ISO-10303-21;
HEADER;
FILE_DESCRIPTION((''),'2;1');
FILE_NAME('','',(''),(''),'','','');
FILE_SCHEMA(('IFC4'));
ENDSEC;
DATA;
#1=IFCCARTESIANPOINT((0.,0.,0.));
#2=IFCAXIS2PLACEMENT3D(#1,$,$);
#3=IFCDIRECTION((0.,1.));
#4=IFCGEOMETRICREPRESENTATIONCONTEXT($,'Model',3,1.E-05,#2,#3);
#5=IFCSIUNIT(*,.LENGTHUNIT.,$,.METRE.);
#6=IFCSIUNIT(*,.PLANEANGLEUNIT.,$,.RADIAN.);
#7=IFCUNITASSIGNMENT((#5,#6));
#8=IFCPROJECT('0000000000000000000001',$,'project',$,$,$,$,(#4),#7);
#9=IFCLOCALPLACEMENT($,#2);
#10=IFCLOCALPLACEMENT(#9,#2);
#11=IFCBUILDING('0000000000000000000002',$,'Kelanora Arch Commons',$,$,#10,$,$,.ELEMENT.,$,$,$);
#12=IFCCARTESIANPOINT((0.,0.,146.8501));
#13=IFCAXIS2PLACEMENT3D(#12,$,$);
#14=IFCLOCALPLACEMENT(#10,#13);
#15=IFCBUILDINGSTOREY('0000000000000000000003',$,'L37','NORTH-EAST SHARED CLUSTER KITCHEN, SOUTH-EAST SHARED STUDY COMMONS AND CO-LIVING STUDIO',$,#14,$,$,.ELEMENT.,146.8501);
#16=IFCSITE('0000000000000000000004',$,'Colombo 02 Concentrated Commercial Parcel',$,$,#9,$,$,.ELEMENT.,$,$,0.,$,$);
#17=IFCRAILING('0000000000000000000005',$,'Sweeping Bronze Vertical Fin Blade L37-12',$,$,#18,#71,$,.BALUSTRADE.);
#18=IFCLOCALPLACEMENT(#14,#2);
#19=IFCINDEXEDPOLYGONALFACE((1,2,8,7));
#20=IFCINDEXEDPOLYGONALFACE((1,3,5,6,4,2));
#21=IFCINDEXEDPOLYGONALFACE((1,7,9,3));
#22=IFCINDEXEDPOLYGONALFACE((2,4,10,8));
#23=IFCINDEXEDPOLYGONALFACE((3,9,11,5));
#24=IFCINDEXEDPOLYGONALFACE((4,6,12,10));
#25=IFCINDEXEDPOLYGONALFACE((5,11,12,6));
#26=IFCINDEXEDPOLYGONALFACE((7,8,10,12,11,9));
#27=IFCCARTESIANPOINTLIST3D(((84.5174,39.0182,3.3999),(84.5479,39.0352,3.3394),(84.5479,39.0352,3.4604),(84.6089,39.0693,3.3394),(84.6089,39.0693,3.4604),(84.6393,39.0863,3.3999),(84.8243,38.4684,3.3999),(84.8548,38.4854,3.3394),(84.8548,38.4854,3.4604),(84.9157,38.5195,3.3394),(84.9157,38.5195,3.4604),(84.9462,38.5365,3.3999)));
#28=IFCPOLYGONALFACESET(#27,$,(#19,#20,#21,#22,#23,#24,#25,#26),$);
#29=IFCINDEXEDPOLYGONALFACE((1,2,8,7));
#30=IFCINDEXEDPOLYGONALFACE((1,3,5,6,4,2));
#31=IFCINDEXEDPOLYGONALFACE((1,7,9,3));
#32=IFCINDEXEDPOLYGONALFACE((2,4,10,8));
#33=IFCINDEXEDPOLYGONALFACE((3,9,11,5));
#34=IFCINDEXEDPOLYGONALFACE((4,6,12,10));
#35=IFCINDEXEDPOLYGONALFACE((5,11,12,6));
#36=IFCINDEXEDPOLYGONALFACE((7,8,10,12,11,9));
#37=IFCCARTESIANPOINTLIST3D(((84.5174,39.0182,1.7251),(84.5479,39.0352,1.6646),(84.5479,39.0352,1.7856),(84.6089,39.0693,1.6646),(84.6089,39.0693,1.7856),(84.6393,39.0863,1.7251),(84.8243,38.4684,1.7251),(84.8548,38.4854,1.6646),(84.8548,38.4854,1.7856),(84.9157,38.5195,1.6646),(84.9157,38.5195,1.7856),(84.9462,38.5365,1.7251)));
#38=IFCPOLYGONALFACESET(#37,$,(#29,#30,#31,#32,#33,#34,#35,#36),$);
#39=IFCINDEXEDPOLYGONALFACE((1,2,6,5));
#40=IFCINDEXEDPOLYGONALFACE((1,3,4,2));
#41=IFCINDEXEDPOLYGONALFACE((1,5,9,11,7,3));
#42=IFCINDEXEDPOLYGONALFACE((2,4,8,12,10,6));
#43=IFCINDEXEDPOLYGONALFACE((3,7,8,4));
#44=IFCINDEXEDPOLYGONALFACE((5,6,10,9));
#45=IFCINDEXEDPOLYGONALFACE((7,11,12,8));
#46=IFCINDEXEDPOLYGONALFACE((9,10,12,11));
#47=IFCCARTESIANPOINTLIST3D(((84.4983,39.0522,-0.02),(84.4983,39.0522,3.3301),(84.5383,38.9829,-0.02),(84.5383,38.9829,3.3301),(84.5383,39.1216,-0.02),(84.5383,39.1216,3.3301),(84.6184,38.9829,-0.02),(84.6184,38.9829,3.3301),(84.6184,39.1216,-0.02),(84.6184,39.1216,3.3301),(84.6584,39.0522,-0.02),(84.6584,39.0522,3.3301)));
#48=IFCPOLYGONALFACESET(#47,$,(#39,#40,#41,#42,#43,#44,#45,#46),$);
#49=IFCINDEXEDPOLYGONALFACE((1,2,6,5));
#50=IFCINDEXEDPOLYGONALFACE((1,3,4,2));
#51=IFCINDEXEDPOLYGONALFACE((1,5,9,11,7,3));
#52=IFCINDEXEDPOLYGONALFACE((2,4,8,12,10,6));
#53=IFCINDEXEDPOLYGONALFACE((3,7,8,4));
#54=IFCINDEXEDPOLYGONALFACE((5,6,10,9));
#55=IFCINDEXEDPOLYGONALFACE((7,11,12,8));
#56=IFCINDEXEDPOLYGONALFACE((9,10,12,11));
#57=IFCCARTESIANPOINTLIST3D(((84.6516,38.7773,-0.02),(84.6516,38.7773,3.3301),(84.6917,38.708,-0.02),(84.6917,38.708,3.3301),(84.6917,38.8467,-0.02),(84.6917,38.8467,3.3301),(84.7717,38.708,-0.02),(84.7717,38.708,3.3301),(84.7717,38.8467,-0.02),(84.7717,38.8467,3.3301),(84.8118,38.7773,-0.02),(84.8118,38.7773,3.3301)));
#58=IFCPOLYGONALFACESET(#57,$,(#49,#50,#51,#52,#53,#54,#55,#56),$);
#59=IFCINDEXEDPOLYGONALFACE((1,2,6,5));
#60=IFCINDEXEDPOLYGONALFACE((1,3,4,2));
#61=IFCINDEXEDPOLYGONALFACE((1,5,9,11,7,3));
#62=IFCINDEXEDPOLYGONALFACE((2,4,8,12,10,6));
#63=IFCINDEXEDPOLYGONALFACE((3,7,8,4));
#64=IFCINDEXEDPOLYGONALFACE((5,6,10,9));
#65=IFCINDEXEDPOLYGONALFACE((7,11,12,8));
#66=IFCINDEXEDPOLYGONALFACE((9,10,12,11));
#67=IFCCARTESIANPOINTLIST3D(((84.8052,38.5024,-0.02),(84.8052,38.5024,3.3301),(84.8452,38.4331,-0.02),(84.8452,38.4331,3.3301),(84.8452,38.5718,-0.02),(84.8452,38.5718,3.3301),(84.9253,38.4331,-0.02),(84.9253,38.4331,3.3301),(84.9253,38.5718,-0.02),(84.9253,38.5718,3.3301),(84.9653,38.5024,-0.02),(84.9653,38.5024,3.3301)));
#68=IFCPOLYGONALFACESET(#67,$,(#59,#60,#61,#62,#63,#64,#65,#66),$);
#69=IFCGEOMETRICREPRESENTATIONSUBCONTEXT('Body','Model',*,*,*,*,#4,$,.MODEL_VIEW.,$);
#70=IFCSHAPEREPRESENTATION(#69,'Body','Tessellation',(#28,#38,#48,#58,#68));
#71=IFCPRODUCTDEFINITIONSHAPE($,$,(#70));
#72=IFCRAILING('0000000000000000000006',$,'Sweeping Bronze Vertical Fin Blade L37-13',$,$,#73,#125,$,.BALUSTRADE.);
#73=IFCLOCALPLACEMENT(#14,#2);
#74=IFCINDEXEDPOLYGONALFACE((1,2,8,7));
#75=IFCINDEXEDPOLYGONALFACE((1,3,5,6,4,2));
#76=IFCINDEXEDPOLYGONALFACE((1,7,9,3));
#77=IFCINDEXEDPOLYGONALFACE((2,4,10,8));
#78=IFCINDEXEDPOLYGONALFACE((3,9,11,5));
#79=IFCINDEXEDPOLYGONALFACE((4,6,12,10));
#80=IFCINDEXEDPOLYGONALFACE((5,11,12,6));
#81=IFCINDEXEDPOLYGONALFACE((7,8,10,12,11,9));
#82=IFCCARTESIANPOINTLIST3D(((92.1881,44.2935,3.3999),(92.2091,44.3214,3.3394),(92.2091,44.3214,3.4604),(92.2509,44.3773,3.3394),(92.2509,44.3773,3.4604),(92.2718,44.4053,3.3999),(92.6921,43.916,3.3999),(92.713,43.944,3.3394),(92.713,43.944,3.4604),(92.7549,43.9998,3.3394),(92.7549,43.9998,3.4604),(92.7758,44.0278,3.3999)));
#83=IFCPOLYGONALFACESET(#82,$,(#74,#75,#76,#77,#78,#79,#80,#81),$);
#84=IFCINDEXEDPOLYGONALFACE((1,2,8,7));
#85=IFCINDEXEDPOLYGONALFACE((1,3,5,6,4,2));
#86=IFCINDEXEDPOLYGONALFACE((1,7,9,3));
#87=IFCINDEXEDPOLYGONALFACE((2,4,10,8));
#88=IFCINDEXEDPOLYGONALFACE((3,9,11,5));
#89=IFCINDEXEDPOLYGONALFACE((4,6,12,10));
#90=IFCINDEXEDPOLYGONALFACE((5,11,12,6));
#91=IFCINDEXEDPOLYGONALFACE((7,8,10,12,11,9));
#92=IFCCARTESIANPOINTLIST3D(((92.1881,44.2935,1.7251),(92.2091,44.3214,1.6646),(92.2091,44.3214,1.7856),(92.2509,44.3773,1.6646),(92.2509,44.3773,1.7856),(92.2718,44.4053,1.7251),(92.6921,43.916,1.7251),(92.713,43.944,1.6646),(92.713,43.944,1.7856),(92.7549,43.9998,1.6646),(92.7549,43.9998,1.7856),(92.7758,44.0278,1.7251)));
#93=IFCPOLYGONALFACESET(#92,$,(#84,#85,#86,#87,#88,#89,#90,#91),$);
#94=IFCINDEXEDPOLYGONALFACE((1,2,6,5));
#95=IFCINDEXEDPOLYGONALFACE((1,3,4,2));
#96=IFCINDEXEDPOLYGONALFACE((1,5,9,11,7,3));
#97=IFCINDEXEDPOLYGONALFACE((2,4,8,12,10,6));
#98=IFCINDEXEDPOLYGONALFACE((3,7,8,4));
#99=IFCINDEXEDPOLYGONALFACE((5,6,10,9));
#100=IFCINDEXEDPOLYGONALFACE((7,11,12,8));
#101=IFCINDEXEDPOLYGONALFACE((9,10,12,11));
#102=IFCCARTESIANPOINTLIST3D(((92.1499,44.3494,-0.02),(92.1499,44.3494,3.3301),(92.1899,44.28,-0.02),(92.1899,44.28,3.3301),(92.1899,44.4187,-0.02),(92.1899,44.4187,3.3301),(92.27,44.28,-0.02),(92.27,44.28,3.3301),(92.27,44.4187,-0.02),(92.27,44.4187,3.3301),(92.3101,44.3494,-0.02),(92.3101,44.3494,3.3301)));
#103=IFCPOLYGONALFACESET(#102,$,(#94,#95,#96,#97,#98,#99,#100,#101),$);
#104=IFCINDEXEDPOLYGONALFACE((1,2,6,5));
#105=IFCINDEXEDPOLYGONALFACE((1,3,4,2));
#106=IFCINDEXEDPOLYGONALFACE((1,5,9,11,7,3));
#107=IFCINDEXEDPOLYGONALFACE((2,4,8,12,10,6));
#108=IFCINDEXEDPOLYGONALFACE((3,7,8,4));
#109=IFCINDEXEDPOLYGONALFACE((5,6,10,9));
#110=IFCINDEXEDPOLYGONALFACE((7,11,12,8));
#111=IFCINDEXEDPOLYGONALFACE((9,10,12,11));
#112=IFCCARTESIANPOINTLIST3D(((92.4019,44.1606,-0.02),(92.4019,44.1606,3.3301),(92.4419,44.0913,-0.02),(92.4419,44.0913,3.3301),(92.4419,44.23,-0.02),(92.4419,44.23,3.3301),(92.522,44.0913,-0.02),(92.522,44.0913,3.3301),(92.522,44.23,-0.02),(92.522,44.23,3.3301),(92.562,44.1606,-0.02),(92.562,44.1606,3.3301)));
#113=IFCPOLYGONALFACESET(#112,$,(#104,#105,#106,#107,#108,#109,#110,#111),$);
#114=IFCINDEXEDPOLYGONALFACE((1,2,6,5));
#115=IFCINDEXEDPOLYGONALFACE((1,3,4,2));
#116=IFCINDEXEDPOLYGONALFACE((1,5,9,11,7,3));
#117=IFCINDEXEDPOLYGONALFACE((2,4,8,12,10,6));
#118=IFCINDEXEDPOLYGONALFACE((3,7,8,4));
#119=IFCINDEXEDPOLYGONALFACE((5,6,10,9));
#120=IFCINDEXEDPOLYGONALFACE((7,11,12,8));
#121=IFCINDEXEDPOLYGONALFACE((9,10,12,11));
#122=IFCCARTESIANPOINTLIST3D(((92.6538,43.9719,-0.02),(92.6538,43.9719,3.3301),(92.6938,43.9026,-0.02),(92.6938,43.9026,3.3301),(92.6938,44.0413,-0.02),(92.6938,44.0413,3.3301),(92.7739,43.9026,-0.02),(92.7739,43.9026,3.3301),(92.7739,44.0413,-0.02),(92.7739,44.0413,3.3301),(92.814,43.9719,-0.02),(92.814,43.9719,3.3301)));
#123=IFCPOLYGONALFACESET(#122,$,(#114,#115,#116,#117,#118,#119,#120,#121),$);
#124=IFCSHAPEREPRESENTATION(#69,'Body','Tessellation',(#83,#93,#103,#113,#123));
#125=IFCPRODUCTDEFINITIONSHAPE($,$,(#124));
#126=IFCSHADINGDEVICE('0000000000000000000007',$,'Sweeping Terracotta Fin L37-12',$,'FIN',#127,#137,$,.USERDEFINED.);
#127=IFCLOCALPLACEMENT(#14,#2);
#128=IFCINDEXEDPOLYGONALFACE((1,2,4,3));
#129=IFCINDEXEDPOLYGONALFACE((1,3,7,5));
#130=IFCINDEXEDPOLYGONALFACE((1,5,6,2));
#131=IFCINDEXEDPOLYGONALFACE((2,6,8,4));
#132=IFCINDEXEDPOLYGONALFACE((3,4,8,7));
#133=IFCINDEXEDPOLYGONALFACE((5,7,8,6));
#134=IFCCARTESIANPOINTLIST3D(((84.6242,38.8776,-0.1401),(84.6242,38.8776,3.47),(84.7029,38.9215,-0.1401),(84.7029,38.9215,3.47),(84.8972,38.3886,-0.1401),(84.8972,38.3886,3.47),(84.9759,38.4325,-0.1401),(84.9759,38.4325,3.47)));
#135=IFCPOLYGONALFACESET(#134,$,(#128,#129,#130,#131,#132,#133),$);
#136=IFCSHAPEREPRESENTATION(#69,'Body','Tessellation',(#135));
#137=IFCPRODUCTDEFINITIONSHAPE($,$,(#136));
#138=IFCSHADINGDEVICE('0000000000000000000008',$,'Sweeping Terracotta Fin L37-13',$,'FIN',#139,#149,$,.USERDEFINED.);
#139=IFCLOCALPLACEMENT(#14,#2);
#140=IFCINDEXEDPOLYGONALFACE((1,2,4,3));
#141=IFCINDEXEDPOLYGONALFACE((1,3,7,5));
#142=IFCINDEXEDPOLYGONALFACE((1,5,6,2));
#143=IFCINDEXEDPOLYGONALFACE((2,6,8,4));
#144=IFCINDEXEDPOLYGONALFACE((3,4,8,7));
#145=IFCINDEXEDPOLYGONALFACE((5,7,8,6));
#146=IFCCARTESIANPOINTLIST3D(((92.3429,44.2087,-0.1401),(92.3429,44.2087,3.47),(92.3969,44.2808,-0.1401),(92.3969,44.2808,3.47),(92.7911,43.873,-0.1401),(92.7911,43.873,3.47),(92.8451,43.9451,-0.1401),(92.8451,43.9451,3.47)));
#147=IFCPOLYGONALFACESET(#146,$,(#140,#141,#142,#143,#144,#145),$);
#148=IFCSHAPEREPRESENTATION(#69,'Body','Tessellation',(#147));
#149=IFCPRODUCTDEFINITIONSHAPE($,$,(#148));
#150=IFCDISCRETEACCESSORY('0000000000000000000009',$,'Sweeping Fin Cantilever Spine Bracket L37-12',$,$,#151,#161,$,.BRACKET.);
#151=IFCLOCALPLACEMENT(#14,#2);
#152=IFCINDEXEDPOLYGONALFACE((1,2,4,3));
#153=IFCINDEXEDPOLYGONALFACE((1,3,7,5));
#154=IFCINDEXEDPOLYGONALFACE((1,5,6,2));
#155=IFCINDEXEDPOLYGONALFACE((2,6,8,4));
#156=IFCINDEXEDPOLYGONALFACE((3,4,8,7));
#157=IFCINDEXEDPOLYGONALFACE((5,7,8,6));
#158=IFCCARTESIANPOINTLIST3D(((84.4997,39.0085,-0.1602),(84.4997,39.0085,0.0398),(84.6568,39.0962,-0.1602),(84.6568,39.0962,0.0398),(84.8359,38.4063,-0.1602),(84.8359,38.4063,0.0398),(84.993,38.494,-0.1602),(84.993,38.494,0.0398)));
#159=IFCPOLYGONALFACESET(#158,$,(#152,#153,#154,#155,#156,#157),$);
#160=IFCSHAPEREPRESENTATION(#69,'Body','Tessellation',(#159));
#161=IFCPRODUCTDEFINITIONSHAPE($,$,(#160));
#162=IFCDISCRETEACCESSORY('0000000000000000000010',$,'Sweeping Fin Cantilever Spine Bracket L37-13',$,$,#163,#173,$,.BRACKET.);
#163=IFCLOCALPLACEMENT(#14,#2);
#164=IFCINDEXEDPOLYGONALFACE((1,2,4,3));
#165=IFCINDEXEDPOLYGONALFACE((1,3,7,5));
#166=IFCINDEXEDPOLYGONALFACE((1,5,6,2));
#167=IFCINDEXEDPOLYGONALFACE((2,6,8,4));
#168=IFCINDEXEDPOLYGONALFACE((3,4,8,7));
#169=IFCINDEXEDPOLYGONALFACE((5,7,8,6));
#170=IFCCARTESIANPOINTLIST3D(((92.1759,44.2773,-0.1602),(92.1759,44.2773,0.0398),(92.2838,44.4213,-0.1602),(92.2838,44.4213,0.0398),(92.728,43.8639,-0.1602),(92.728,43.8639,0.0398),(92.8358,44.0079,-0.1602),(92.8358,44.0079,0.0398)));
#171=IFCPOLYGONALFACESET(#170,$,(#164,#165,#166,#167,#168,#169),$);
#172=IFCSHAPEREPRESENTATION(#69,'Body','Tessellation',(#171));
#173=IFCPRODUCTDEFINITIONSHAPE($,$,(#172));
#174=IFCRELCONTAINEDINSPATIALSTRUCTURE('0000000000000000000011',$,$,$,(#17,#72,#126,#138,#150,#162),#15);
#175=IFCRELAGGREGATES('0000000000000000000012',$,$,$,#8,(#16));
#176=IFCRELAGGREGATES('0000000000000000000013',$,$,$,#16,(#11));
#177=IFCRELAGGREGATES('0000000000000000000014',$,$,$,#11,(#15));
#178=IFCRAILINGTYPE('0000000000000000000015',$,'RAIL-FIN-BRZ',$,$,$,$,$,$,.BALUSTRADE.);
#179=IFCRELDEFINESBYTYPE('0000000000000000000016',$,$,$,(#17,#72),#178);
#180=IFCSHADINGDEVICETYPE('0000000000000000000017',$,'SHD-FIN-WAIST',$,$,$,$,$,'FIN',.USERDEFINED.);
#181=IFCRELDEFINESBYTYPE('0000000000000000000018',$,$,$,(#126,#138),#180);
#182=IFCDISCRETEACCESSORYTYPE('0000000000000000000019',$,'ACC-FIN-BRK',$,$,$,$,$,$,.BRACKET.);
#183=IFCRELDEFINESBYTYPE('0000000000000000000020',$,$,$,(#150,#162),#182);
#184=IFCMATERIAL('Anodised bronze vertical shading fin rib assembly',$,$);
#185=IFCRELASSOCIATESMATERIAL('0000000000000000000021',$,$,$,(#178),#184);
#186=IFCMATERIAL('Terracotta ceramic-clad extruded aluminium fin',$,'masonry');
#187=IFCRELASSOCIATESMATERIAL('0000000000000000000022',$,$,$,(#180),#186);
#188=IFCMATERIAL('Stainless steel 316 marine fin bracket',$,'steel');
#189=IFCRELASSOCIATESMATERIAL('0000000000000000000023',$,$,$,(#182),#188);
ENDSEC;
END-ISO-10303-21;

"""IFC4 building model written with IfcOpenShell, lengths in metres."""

from ifc_helpers import new_model, si_unit, direction, frame, origin, origin_2d, place, context, subcontext, project, spatial, polyline, rectangle, outline, extrude, source, transform, mapped, material, type_object, element, save


model = new_model("IFC4")

# Units and contexts
model_context = context("Model", 3, precision=1e-05, world=origin(), true_north=direction((0.0, 1.0)))
body_context = subcontext(model_context, "Body", "Model", "MODEL_VIEW")
ifc_project = project(units=[si_unit("LENGTHUNIT", "METRE"), si_unit("PLANEANGLEUNIT", "RADIAN")], contexts=[model_context])

# Site, building, storey
site_placement = place(None, origin())
site = spatial("IfcSite", under=ifc_project, at=site_placement, Name="Colombo 02 Concentrated Commercial Parcel", CompositionType="ELEMENT", RefElevation=0.0)
building_placement = place(site_placement, origin())
building = spatial("IfcBuilding", under=site, at=building_placement, Name="Kelanora Arch Commons", CompositionType="ELEMENT")
storey_placement = place(building_placement, frame((0.0, 0.0, 146.8501)))
storey = spatial("IfcBuildingStorey", under=building, at=storey_placement, Name="L37", Description="NORTH-EAST SHARED CLUSTER KITCHEN, SOUTH-EAST SHARED STUDY COMMONS AND CO-LIVING STUDIO", CompositionType="ELEMENT", Elevation=146.8501)

# Railings
ifc_material_1 = material(Name="Anodised bronze vertical shading fin rib assembly")
railing_type = type_object("IfcRailingType", Name="RAIL-FIN-BRZ", PredefinedType="BALUSTRADE", material=ifc_material_1)
railing_1_placement = place(storey_placement, frame((84.5784, 39.0522, -0.02)))
element("IfcRailing", 1, at=railing_1_placement, inside=storey, type_object=railing_type, Name="Sweeping Bronze Vertical Fin Blade L37-12", PredefinedType="BALUSTRADE", context=body_context, shape_type="SweptSolid", body=[
    extrude(outline(polyline([(0.0698, 0.0), (0.0349, 0.0605), (-0.0349, 0.0605), (-0.0698, 0.0), (-0.0349, -0.0605), (0.0349, -0.0605), (0.0698, 0.0)])), frame((0.0, 0.0, 3.4199), z_axis=(0.487387, -0.873186, 0.0), x_axis=(0.873186, 0.487387, 0.0)), (0.0, 0.0, 1.0), 0.6296),
    extrude(outline(polyline([(0.0698, 0.0), (0.0349, 0.0605), (-0.0349, 0.0605), (-0.0698, 0.0), (-0.0349, -0.0605), (0.0349, -0.0605), (0.0698, 0.0)])), frame((0.0, 0.0, 1.7451), z_axis=(0.487387, -0.873186, 0.0), x_axis=(0.873186, 0.487387, 0.0)), (0.0, 0.0, 1.0), 0.6296),
    extrude(outline(polyline([(0.0801, 0.0), (0.04, 0.0693), (-0.04, 0.0693), (-0.0801, 0.0), (-0.04, -0.0693), (0.04, -0.0693), (0.0801, 0.0)])), origin(), (0.0, 0.0, 1.0), 3.3501),
    extrude(outline(polyline([(0.0801, 0.0), (0.04, 0.0693), (-0.04, 0.0693), (-0.0801, 0.0), (-0.04, -0.0693), (0.04, -0.0693), (0.0801, 0.0)])), frame((0.1533, -0.2749, 0.0)), (0.0, 0.0, 1.0), 3.3501),
    extrude(outline(polyline([(0.0801, 0.0), (0.04, 0.0693), (-0.04, 0.0693), (-0.0801, 0.0), (-0.04, -0.0693), (0.04, -0.0693), (0.0801, 0.0)])), frame((0.3069, -0.5498, 0.0)), (0.0, 0.0, 1.0), 3.3501),
])
railing_2_placement = place(storey_placement, frame((92.23, 44.3494, -0.02)))
element("IfcRailing", 2, at=railing_2_placement, inside=storey, type_object=railing_type, Name="Sweeping Bronze Vertical Fin Blade L37-13", PredefinedType="BALUSTRADE", context=body_context, shape_type="SweptSolid", body=[
    extrude(outline(polyline([(0.0698, 0.0), (0.0349, 0.0605), (-0.0349, 0.0605), (-0.0698, 0.0), (-0.0349, -0.0605), (0.0349, -0.0605), (0.0698, 0.0)])), frame((0.0, 0.0, 3.4199), z_axis=(0.800372, -0.599504, 0.0), x_axis=(0.599504, 0.800372, 0.0)), (0.0, 0.0, 1.0), 0.6296),
    extrude(outline(polyline([(0.0698, 0.0), (0.0349, 0.0605), (-0.0349, 0.0605), (-0.0698, 0.0), (-0.0349, -0.0605), (0.0349, -0.0605), (0.0698, 0.0)])), frame((0.0, 0.0, 1.7451), z_axis=(0.800372, -0.599504, 0.0), x_axis=(0.599504, 0.800372, 0.0)), (0.0, 0.0, 1.0), 0.6296),
    extrude(outline(polyline([(0.0801, 0.0), (0.04, 0.0693), (-0.04, 0.0693), (-0.0801, 0.0), (-0.04, -0.0693), (0.04, -0.0693), (0.0801, 0.0)])), origin(), (0.0, 0.0, 1.0), 3.3501),
    extrude(outline(polyline([(0.0801, 0.0), (0.04, 0.0693), (-0.04, 0.0693), (-0.0801, 0.0), (-0.04, -0.0693), (0.04, -0.0693), (0.0801, 0.0)])), frame((0.252, -0.1887, 0.0)), (0.0, 0.0, 1.0), 3.3501),
    extrude(outline(polyline([(0.0801, 0.0), (0.04, 0.0693), (-0.04, 0.0693), (-0.0801, 0.0), (-0.04, -0.0693), (0.04, -0.0693), (0.0801, 0.0)])), frame((0.5039, -0.3774, 0.0)), (0.0, 0.0, 1.0), 3.3501),
])

# Shading devices
ifc_material_2 = material(Name="Terracotta ceramic-clad extruded aluminium fin", Category="masonry")
shading_device_type = type_object("IfcShadingDeviceType", Name="SHD-FIN-WAIST", ElementType="FIN", PredefinedType="USERDEFINED", material=ifc_material_2)
shared_shape_1 = source(origin(), body_context, "Body", "SweptSolid", [
    extrude(rectangle(XDim=0.5601, YDim=0.0901, at=origin_2d()), origin(), (0.0, 0.0, 1.0), 3.6101),
])
for number, where, z_axis, x_axis, name in (
    (3, (84.8, 38.655, -0.1401), (0.0, 0.0, 1.0), (0.487403, -0.873177, 0.0), "Sweeping Terracotta Fin L37-12"),
    (4, (92.594, 44.0769, -0.1401), (0.0, 0.0, 1.0), (0.800418, -0.599443, 0.0), "Sweeping Terracotta Fin L37-13"),
):
    element("IfcShadingDevice", number, at=place(storey_placement, frame(where, z_axis=z_axis, x_axis=x_axis)), inside=storey, type_object=shading_device_type, Name=name, ObjectType="FIN", PredefinedType="USERDEFINED", context=body_context, shape_type="MappedRepresentation", body=[
        mapped(shared_shape_1, transform((0.0, 0.0, 0.0), scale=1.0)),
    ])

# Discrete accessories
ifc_material_3 = material(Name="Stainless steel 316 marine fin bracket", Category="steel")
discrete_accessory_type = type_object("IfcDiscreteAccessoryType", Name="ACC-FIN-BRK", PredefinedType="BRACKET", material=ifc_material_3)
shared_shape_2 = source(origin(), body_context, "Body", "SweptSolid", [
    extrude(rectangle(XDim=0.6897, YDim=0.1799, at=origin_2d()), origin(), (0.0, 0.0, 1.0), 0.2),
])
for number, where, z_axis, x_axis, name in (
    (5, (84.7463, 38.7512, -0.1602), (0.0, 0.0, 1.0), (0.487403, -0.873177, 0.0), "Sweeping Fin Cantilever Spine Bracket L37-12"),
    (6, (92.5059, 44.1426, -0.1602), (0.0, 0.0, 1.0), (0.800418, -0.599443, 0.0), "Sweeping Fin Cantilever Spine Bracket L37-13"),
):
    element("IfcDiscreteAccessory", number, at=place(storey_placement, frame(where, z_axis=z_axis, x_axis=x_axis)), inside=storey, type_object=discrete_accessory_type, Name=name, PredefinedType="BRACKET", context=body_context, shape_type="MappedRepresentation", body=[
        mapped(shared_shape_2, transform((0.0, 0.0, 0.0), scale=1.0)),
    ])

save(model, "model.ifc")
